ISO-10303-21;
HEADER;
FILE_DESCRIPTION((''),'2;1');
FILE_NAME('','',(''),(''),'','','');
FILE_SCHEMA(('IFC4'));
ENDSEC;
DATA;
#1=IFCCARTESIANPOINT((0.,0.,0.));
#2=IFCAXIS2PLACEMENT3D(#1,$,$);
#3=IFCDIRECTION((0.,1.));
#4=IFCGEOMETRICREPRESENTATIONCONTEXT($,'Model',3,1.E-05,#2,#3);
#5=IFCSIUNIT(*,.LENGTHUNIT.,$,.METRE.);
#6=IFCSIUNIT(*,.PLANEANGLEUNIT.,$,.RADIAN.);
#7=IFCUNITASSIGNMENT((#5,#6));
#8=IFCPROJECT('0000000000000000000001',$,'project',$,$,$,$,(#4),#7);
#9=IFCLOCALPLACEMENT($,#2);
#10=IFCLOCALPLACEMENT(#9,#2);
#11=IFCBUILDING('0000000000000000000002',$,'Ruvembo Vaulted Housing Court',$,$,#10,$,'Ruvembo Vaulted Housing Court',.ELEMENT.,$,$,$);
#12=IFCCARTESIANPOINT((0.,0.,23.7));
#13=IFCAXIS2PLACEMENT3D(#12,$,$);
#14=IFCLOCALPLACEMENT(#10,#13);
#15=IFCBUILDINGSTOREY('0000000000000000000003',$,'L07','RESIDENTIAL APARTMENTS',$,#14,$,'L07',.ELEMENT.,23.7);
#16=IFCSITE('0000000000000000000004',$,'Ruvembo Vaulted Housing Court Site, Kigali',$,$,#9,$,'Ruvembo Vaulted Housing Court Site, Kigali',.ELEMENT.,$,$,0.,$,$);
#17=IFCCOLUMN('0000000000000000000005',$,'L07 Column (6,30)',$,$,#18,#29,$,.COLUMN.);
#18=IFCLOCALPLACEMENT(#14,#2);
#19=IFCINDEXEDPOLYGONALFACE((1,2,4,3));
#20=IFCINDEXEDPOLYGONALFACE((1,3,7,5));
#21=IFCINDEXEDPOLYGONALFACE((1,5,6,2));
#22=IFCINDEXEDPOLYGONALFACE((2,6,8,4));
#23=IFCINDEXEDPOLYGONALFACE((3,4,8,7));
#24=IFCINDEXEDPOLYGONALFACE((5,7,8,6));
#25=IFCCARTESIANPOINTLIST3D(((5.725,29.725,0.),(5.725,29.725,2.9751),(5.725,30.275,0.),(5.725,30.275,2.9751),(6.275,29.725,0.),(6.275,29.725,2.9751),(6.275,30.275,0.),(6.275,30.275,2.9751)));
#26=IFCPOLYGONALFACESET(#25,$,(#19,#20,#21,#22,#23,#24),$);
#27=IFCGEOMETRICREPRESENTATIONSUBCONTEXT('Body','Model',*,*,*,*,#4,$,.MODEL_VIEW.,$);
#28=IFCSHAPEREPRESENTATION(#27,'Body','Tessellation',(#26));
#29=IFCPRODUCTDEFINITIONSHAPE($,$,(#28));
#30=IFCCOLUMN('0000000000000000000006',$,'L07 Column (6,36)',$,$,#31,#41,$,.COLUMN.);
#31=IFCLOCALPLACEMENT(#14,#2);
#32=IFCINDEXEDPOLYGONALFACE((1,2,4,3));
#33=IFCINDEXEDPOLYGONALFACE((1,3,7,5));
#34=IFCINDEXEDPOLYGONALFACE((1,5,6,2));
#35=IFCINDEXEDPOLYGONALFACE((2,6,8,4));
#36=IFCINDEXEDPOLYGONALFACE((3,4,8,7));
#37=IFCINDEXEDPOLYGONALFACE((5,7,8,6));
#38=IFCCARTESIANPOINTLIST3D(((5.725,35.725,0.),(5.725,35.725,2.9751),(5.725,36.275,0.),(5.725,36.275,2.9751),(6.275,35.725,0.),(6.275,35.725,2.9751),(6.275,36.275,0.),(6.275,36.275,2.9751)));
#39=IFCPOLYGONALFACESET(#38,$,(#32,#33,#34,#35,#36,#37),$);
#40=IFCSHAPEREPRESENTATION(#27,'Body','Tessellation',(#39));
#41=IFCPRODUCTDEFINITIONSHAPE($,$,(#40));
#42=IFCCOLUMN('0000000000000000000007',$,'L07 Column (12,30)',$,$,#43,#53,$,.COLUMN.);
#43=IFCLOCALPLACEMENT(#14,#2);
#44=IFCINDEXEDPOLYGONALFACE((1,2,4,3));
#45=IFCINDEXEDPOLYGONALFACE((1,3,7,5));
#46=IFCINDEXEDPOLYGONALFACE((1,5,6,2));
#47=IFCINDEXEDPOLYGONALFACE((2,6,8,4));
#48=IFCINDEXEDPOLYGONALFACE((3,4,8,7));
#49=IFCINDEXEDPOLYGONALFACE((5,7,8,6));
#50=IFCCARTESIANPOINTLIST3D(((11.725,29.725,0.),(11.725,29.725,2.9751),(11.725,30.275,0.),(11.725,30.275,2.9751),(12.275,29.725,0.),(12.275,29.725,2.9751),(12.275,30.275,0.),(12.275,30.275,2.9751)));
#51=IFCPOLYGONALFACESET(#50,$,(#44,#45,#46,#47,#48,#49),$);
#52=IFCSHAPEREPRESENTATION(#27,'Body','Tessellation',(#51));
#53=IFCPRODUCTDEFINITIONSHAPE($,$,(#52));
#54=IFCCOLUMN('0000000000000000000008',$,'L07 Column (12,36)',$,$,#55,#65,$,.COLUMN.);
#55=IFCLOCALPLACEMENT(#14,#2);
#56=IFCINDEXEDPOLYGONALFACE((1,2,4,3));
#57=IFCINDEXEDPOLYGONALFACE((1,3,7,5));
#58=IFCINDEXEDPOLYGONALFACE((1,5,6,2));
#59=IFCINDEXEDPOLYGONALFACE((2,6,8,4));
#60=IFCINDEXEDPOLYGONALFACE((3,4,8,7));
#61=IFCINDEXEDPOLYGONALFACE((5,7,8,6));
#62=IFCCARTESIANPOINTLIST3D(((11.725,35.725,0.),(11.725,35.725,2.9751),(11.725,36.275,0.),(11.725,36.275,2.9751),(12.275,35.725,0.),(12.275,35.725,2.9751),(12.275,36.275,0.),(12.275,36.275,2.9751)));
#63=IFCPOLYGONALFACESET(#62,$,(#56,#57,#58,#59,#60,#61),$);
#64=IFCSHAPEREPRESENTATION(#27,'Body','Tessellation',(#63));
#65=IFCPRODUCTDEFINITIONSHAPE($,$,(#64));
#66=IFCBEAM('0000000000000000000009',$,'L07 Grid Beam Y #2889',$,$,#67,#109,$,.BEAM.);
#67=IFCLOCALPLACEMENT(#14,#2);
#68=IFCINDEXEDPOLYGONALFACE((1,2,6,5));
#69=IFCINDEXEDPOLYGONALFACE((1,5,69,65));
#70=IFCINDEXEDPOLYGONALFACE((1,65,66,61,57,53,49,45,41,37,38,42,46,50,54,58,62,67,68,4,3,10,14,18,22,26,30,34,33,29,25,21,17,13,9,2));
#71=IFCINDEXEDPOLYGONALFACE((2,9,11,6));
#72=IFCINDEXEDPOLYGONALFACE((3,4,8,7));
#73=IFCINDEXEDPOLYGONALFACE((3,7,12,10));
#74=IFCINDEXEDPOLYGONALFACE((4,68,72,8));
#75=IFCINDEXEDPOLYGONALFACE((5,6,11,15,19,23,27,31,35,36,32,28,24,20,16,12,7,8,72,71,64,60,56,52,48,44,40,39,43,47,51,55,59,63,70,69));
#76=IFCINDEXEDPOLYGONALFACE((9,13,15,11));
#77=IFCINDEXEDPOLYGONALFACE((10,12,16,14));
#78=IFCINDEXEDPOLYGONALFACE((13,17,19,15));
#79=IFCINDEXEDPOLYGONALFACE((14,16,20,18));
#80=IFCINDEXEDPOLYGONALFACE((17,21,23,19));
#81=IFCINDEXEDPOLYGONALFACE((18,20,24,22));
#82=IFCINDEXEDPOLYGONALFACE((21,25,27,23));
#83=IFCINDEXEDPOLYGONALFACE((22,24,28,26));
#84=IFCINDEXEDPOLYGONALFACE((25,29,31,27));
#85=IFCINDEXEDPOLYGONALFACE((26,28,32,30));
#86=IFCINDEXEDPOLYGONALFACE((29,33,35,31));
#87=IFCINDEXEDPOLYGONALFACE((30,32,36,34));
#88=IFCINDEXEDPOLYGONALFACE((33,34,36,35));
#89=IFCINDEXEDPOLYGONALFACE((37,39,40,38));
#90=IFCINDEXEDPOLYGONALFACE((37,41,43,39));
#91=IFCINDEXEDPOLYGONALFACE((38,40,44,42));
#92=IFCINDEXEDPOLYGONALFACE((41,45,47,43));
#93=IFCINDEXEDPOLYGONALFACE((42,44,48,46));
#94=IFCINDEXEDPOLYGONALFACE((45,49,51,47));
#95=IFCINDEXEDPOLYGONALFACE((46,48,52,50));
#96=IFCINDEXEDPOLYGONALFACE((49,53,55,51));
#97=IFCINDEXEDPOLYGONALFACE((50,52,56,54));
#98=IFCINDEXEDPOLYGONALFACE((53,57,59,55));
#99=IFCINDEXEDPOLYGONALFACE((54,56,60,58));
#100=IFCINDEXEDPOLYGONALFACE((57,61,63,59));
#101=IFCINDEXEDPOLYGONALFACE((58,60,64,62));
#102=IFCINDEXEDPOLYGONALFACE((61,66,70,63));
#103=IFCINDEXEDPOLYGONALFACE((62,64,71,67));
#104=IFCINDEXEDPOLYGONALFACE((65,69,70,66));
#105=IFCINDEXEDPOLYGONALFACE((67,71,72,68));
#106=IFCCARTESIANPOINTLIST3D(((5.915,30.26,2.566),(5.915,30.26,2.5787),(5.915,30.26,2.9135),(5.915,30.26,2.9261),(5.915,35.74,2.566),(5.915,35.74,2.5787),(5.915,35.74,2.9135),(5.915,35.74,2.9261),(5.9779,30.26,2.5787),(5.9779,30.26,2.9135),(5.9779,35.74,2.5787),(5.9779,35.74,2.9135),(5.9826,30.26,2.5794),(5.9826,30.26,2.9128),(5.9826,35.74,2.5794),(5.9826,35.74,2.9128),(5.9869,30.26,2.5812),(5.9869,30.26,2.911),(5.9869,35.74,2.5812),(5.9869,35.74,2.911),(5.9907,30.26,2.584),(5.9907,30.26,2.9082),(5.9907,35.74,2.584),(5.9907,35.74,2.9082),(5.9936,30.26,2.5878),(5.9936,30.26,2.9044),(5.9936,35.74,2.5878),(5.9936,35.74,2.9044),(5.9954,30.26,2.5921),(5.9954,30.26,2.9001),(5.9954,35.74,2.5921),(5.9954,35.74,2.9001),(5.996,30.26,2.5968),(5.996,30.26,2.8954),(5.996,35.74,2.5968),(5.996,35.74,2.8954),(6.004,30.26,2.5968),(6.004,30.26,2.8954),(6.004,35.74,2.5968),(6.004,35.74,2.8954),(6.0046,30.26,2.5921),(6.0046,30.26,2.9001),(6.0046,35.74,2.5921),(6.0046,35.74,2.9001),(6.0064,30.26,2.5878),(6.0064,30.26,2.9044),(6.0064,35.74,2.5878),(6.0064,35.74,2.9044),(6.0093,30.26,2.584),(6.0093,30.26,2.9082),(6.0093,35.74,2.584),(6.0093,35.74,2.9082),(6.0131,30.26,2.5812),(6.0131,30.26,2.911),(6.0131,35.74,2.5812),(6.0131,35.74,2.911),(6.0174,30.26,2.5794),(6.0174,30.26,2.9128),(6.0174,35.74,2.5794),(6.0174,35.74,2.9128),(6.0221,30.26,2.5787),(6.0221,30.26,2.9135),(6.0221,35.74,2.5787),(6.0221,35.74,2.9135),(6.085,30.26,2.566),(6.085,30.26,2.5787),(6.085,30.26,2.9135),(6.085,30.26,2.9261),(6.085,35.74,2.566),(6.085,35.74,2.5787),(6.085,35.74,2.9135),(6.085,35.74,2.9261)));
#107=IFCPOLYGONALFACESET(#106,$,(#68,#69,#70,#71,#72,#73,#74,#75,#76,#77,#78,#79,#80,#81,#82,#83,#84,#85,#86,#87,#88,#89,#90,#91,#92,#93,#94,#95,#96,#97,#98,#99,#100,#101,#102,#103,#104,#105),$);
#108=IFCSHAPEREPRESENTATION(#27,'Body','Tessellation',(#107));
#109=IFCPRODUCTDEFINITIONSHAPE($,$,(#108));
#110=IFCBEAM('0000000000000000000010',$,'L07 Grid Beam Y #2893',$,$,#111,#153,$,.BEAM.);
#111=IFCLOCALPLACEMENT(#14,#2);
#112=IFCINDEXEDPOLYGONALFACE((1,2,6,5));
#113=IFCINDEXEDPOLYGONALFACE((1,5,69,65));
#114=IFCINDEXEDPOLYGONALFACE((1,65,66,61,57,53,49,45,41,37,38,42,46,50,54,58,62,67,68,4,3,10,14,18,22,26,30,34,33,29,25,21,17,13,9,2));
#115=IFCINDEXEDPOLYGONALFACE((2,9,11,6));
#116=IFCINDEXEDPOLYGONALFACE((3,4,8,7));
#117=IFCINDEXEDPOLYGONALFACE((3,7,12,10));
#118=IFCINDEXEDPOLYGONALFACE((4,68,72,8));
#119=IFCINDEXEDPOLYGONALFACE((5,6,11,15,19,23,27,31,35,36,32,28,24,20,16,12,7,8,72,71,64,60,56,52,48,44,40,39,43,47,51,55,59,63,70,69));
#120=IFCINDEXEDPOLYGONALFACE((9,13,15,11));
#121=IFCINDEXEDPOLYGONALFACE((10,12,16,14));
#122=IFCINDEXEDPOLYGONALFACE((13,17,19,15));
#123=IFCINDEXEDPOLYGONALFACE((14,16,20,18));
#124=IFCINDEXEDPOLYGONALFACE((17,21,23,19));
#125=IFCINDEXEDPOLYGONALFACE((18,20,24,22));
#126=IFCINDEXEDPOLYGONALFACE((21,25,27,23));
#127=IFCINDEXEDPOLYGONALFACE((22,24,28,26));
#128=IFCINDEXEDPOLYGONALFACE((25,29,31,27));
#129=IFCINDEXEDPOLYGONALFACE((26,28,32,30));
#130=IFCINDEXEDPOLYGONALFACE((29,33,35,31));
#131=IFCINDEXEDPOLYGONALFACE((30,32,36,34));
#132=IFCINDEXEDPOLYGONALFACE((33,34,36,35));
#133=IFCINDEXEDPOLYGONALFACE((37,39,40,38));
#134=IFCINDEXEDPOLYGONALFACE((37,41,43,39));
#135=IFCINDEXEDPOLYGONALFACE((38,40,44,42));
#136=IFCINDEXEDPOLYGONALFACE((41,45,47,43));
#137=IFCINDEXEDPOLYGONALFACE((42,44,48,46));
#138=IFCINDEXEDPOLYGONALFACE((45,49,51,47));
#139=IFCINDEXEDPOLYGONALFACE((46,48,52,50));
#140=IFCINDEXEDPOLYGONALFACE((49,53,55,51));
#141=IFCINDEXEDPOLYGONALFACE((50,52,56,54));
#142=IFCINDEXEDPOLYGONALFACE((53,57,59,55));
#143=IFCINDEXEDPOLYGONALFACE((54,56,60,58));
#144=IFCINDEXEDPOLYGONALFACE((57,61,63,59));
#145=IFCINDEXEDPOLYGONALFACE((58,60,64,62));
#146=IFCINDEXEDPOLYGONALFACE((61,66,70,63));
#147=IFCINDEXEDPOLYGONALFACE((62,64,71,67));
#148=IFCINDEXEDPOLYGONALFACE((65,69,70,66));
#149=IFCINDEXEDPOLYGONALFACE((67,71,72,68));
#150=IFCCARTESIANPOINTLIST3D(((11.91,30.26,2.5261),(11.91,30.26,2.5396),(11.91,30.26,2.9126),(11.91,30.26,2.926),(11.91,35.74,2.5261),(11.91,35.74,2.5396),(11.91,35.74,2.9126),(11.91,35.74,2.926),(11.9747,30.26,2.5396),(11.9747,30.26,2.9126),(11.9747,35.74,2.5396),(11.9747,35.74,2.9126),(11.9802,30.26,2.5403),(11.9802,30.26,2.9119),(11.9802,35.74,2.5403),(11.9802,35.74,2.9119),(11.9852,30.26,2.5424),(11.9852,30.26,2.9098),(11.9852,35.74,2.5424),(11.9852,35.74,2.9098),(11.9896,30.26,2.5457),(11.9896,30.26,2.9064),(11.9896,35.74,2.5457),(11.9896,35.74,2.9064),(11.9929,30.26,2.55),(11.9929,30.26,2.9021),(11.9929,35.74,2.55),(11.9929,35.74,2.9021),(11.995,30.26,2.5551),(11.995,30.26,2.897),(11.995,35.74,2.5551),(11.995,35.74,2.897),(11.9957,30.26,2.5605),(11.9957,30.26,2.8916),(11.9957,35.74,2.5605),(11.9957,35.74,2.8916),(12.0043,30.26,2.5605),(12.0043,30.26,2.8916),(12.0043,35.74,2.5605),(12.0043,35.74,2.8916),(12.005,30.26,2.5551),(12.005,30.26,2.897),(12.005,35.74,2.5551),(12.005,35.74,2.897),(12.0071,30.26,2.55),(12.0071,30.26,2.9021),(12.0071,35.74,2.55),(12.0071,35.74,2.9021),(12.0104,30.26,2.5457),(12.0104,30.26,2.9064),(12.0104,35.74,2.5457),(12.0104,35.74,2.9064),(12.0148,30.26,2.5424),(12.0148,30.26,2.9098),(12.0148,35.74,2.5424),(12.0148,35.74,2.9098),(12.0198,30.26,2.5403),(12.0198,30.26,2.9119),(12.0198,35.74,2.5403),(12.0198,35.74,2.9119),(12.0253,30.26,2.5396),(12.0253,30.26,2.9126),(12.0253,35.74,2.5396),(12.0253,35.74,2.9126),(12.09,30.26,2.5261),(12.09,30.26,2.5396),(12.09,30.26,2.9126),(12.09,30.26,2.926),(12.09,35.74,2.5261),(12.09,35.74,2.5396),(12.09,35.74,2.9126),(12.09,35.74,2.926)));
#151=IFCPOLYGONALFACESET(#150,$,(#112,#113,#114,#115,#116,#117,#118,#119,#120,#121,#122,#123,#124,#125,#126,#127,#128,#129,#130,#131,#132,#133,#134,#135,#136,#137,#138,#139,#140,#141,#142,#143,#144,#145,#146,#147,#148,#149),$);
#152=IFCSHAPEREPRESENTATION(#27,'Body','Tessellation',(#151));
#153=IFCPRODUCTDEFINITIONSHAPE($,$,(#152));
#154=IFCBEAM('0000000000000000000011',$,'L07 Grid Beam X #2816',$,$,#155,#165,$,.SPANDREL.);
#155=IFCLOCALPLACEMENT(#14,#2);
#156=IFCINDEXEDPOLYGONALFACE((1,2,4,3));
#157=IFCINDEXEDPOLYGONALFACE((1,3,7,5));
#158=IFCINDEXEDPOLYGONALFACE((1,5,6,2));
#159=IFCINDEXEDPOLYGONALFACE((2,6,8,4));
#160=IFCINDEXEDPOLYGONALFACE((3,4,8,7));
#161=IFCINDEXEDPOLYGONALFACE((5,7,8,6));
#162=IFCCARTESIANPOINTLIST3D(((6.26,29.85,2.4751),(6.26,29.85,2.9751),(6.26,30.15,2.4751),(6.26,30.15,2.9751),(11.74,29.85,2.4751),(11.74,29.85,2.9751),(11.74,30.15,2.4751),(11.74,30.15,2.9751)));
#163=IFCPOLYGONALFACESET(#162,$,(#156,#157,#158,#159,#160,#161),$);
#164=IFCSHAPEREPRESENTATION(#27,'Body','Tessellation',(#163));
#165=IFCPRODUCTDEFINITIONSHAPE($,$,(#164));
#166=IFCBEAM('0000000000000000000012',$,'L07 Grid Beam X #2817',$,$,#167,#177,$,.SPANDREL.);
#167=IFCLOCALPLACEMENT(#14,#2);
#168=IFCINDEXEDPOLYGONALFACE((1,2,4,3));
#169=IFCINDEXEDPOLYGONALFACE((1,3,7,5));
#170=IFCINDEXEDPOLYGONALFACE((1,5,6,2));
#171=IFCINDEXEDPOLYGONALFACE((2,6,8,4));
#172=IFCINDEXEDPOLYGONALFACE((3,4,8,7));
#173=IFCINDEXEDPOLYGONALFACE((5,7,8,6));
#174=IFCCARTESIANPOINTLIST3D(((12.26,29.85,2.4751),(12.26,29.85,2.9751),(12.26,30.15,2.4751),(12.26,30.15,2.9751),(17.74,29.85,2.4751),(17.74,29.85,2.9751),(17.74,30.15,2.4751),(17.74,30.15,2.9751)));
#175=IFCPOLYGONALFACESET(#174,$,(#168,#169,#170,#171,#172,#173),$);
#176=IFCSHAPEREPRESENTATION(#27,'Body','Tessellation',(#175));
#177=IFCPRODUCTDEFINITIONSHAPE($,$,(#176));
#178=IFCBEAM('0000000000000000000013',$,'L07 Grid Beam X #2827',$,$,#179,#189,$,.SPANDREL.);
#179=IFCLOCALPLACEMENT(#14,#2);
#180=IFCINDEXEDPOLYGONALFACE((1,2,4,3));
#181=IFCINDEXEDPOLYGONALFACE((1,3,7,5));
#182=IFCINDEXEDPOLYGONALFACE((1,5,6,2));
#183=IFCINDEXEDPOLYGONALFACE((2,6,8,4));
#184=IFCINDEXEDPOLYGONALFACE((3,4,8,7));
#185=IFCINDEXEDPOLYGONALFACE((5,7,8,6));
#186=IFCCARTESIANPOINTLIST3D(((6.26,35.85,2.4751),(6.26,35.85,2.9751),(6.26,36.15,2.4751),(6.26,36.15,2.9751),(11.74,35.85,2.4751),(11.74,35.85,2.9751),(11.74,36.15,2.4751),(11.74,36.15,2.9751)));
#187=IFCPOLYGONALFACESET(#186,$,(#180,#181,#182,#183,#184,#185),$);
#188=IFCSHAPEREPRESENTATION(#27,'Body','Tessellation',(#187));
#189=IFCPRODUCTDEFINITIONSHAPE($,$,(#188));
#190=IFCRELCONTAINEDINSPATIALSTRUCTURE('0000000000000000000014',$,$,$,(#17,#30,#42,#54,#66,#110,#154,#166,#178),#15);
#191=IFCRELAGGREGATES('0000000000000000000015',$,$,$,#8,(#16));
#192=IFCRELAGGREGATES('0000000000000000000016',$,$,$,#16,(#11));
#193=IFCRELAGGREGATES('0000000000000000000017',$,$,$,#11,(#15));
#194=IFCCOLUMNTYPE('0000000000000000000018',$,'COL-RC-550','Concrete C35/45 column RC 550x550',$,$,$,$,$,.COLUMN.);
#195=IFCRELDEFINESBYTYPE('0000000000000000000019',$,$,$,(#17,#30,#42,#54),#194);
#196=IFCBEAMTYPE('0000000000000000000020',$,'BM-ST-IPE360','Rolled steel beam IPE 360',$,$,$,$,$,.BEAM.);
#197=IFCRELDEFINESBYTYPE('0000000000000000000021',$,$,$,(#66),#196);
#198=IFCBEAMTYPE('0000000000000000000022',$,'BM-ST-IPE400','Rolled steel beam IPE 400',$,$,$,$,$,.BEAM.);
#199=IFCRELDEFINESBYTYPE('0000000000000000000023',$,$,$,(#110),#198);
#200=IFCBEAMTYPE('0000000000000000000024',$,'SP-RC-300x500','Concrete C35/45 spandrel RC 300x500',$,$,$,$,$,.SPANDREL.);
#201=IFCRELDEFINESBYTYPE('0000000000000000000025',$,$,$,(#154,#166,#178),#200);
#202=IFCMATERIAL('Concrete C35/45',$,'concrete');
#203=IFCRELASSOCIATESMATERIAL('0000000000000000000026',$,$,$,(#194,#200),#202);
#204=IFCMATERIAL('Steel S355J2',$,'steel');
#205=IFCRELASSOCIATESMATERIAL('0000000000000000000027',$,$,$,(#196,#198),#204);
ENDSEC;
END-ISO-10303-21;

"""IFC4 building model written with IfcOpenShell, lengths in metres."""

from ifc_helpers import new_model, si_unit, direction, frame, origin, origin_2d, place, context, subcontext, project, spatial, rectangle, i_section, extrude, material, material_profile, profile_set, type_object, element, save


model = new_model("IFC4")

# Units and contexts
model_context = context("Model", 3, precision=1e-05, world=origin(), true_north=direction((0.0, 1.0)))
body_context = subcontext(model_context, "Body", "Model", "MODEL_VIEW")
ifc_project = project(units=[si_unit("LENGTHUNIT", "METRE"), si_unit("PLANEANGLEUNIT", "RADIAN")], contexts=[model_context])

# Site, building, storey
site_placement = place(None, origin())
site = spatial("IfcSite", under=ifc_project, at=site_placement, Name="Ruvembo Vaulted Housing Court Site, Kigali", LongName="Ruvembo Vaulted Housing Court Site, Kigali", CompositionType="ELEMENT", RefElevation=0.0)
building_placement = place(site_placement, origin())
building = spatial("IfcBuilding", under=site, at=building_placement, Name="Ruvembo Vaulted Housing Court", LongName="Ruvembo Vaulted Housing Court", CompositionType="ELEMENT")
storey_placement = place(building_placement, frame((0.0, 0.0, 23.7)))
storey = spatial("IfcBuildingStorey", under=building, at=storey_placement, Name="L07", Description="RESIDENTIAL APARTMENTS", LongName="L07", CompositionType="ELEMENT", Elevation=23.7)

# Columns
ifc_material_1 = material(Name="Concrete C35/45", Category="concrete")
ifc_material_profile_1 = material_profile(ifc_material_1, rectangle(XDim=0.55, YDim=0.55, at=origin_2d()), Name="RC 550x550")
ifc_profile_set_1 = profile_set([ifc_material_profile_1], Name="Concrete C35/45")
column_type = type_object("IfcColumnType", Name="COL-RC-550", Description="Concrete C35/45 column RC 550x550", PredefinedType="COLUMN", material=ifc_profile_set_1)
for number, where, z_axis, x_axis, name in (
    (1, (6.0, 30.0, 0.0), (0.0, 0.0, 1.0), (1.0, 0.0, 0.0), "L07 Column (6,30)"),
    (2, (6.0, 36.0, 0.0), (0.0, 0.0, 1.0), (1.0, 0.0, 0.0), "L07 Column (6,36)"),
    (3, (12.0, 30.0, 0.0), (0.0, 0.0, 1.0), (1.0, 0.0, 0.0), "L07 Column (12,30)"),
    (4, (12.0, 36.0, 0.0), (0.0, 0.0, 1.0), (1.0, 0.0, 0.0), "L07 Column (12,36)"),
):
    element("IfcColumn", number, at=place(storey_placement, frame(where, z_axis=z_axis, x_axis=x_axis)), inside=storey, type_object=column_type, Name=name, PredefinedType="COLUMN", context=body_context, shape_type="SweptSolid", body=[
        extrude(rectangle(XDim=0.55, YDim=0.55, at=origin_2d()), origin(), (0.0, 0.0, 1.0), 2.9751),
    ])

# Beams
ifc_material_2 = material(Name="Steel S355J2", Category="steel")
ifc_material_profile_2 = material_profile(ifc_material_2, i_section(OverallWidth=0.1699, OverallDepth=0.3601, WebThickness=0.0081, FlangeThickness=0.0127, FilletRadius=0.0181, at=origin_2d()), Name="IPE 360")
ifc_profile_set_2 = profile_set([ifc_material_profile_2], Name="Steel S355J2")
beam_type_1 = type_object("IfcBeamType", Name="BM-ST-IPE360", Description="Rolled steel beam IPE 360", PredefinedType="BEAM", material=ifc_profile_set_2)
beam_1_placement = place(storey_placement, frame((6.0, 30.26, 2.7461), z_axis=(0.0, 1.0, 0.0), x_axis=(-1.0, 0.0, 0.0)))
element("IfcBeam", 5, at=beam_1_placement, inside=storey, type_object=beam_type_1, Name="L07 Grid Beam Y #2889", PredefinedType="BEAM", context=body_context, shape_type="SweptSolid", body=[
    extrude(i_section(OverallWidth=0.1699, OverallDepth=0.3601, WebThickness=0.0081, FlangeThickness=0.0127, FilletRadius=0.0181, at=origin_2d()), origin(), (0.0, 0.0, 1.0), 5.48),
])
ifc_material_profile_3 = material_profile(ifc_material_2, i_section(OverallWidth=0.1799, OverallDepth=0.3999, WebThickness=0.0085, FlangeThickness=0.0134, FilletRadius=0.021, at=origin_2d()), Name="IPE 400")
ifc_profile_set_3 = profile_set([ifc_material_profile_3], Name="Steel S355J2")
beam_type_2 = type_object("IfcBeamType", Name="BM-ST-IPE400", Description="Rolled steel beam IPE 400", PredefinedType="BEAM", material=ifc_profile_set_3)
beam_2_placement = place(storey_placement, frame((12.0, 30.26, 2.7261), z_axis=(0.0, 1.0, 0.0), x_axis=(-1.0, 0.0, 0.0)))
element("IfcBeam", 6, at=beam_2_placement, inside=storey, type_object=beam_type_2, Name="L07 Grid Beam Y #2893", PredefinedType="BEAM", context=body_context, shape_type="SweptSolid", body=[
    extrude(i_section(OverallWidth=0.1799, OverallDepth=0.3999, WebThickness=0.0085, FlangeThickness=0.0134, FilletRadius=0.021, at=origin_2d()), origin(), (0.0, 0.0, 1.0), 5.48),
])
ifc_material_profile_4 = material_profile(ifc_material_1, rectangle(XDim=0.3, YDim=0.5, at=origin_2d()), Name="RC 300x500")
ifc_profile_set_4 = profile_set([ifc_material_profile_4], Name="Concrete C35/45")
beam_type_3 = type_object("IfcBeamType", Name="SP-RC-300x500", Description="Concrete C35/45 spandrel RC 300x500", PredefinedType="SPANDREL", material=ifc_profile_set_4)
for number, where, z_axis, x_axis, name in (
    (7, (6.26, 30.0, 2.7251), (1.0, 0.0, 0.0), (0.0, 1.0, 0.0), "L07 Grid Beam X #2816"),
    (8, (12.26, 30.0, 2.7251), (1.0, 0.0, 0.0), (0.0, 1.0, 0.0), "L07 Grid Beam X #2817"),
    (9, (6.26, 36.0, 2.7251), (1.0, 0.0, 0.0), (0.0, 1.0, 0.0), "L07 Grid Beam X #2827"),
):
    element("IfcBeam", number, at=place(storey_placement, frame(where, z_axis=z_axis, x_axis=x_axis)), inside=storey, type_object=beam_type_3, Name=name, PredefinedType="SPANDREL", context=body_context, shape_type="SweptSolid", body=[
        extrude(rectangle(XDim=0.3, YDim=0.5, at=origin_2d()), origin(), (0.0, 0.0, 1.0), 5.48),
    ])

save(model, "model.ifc")
